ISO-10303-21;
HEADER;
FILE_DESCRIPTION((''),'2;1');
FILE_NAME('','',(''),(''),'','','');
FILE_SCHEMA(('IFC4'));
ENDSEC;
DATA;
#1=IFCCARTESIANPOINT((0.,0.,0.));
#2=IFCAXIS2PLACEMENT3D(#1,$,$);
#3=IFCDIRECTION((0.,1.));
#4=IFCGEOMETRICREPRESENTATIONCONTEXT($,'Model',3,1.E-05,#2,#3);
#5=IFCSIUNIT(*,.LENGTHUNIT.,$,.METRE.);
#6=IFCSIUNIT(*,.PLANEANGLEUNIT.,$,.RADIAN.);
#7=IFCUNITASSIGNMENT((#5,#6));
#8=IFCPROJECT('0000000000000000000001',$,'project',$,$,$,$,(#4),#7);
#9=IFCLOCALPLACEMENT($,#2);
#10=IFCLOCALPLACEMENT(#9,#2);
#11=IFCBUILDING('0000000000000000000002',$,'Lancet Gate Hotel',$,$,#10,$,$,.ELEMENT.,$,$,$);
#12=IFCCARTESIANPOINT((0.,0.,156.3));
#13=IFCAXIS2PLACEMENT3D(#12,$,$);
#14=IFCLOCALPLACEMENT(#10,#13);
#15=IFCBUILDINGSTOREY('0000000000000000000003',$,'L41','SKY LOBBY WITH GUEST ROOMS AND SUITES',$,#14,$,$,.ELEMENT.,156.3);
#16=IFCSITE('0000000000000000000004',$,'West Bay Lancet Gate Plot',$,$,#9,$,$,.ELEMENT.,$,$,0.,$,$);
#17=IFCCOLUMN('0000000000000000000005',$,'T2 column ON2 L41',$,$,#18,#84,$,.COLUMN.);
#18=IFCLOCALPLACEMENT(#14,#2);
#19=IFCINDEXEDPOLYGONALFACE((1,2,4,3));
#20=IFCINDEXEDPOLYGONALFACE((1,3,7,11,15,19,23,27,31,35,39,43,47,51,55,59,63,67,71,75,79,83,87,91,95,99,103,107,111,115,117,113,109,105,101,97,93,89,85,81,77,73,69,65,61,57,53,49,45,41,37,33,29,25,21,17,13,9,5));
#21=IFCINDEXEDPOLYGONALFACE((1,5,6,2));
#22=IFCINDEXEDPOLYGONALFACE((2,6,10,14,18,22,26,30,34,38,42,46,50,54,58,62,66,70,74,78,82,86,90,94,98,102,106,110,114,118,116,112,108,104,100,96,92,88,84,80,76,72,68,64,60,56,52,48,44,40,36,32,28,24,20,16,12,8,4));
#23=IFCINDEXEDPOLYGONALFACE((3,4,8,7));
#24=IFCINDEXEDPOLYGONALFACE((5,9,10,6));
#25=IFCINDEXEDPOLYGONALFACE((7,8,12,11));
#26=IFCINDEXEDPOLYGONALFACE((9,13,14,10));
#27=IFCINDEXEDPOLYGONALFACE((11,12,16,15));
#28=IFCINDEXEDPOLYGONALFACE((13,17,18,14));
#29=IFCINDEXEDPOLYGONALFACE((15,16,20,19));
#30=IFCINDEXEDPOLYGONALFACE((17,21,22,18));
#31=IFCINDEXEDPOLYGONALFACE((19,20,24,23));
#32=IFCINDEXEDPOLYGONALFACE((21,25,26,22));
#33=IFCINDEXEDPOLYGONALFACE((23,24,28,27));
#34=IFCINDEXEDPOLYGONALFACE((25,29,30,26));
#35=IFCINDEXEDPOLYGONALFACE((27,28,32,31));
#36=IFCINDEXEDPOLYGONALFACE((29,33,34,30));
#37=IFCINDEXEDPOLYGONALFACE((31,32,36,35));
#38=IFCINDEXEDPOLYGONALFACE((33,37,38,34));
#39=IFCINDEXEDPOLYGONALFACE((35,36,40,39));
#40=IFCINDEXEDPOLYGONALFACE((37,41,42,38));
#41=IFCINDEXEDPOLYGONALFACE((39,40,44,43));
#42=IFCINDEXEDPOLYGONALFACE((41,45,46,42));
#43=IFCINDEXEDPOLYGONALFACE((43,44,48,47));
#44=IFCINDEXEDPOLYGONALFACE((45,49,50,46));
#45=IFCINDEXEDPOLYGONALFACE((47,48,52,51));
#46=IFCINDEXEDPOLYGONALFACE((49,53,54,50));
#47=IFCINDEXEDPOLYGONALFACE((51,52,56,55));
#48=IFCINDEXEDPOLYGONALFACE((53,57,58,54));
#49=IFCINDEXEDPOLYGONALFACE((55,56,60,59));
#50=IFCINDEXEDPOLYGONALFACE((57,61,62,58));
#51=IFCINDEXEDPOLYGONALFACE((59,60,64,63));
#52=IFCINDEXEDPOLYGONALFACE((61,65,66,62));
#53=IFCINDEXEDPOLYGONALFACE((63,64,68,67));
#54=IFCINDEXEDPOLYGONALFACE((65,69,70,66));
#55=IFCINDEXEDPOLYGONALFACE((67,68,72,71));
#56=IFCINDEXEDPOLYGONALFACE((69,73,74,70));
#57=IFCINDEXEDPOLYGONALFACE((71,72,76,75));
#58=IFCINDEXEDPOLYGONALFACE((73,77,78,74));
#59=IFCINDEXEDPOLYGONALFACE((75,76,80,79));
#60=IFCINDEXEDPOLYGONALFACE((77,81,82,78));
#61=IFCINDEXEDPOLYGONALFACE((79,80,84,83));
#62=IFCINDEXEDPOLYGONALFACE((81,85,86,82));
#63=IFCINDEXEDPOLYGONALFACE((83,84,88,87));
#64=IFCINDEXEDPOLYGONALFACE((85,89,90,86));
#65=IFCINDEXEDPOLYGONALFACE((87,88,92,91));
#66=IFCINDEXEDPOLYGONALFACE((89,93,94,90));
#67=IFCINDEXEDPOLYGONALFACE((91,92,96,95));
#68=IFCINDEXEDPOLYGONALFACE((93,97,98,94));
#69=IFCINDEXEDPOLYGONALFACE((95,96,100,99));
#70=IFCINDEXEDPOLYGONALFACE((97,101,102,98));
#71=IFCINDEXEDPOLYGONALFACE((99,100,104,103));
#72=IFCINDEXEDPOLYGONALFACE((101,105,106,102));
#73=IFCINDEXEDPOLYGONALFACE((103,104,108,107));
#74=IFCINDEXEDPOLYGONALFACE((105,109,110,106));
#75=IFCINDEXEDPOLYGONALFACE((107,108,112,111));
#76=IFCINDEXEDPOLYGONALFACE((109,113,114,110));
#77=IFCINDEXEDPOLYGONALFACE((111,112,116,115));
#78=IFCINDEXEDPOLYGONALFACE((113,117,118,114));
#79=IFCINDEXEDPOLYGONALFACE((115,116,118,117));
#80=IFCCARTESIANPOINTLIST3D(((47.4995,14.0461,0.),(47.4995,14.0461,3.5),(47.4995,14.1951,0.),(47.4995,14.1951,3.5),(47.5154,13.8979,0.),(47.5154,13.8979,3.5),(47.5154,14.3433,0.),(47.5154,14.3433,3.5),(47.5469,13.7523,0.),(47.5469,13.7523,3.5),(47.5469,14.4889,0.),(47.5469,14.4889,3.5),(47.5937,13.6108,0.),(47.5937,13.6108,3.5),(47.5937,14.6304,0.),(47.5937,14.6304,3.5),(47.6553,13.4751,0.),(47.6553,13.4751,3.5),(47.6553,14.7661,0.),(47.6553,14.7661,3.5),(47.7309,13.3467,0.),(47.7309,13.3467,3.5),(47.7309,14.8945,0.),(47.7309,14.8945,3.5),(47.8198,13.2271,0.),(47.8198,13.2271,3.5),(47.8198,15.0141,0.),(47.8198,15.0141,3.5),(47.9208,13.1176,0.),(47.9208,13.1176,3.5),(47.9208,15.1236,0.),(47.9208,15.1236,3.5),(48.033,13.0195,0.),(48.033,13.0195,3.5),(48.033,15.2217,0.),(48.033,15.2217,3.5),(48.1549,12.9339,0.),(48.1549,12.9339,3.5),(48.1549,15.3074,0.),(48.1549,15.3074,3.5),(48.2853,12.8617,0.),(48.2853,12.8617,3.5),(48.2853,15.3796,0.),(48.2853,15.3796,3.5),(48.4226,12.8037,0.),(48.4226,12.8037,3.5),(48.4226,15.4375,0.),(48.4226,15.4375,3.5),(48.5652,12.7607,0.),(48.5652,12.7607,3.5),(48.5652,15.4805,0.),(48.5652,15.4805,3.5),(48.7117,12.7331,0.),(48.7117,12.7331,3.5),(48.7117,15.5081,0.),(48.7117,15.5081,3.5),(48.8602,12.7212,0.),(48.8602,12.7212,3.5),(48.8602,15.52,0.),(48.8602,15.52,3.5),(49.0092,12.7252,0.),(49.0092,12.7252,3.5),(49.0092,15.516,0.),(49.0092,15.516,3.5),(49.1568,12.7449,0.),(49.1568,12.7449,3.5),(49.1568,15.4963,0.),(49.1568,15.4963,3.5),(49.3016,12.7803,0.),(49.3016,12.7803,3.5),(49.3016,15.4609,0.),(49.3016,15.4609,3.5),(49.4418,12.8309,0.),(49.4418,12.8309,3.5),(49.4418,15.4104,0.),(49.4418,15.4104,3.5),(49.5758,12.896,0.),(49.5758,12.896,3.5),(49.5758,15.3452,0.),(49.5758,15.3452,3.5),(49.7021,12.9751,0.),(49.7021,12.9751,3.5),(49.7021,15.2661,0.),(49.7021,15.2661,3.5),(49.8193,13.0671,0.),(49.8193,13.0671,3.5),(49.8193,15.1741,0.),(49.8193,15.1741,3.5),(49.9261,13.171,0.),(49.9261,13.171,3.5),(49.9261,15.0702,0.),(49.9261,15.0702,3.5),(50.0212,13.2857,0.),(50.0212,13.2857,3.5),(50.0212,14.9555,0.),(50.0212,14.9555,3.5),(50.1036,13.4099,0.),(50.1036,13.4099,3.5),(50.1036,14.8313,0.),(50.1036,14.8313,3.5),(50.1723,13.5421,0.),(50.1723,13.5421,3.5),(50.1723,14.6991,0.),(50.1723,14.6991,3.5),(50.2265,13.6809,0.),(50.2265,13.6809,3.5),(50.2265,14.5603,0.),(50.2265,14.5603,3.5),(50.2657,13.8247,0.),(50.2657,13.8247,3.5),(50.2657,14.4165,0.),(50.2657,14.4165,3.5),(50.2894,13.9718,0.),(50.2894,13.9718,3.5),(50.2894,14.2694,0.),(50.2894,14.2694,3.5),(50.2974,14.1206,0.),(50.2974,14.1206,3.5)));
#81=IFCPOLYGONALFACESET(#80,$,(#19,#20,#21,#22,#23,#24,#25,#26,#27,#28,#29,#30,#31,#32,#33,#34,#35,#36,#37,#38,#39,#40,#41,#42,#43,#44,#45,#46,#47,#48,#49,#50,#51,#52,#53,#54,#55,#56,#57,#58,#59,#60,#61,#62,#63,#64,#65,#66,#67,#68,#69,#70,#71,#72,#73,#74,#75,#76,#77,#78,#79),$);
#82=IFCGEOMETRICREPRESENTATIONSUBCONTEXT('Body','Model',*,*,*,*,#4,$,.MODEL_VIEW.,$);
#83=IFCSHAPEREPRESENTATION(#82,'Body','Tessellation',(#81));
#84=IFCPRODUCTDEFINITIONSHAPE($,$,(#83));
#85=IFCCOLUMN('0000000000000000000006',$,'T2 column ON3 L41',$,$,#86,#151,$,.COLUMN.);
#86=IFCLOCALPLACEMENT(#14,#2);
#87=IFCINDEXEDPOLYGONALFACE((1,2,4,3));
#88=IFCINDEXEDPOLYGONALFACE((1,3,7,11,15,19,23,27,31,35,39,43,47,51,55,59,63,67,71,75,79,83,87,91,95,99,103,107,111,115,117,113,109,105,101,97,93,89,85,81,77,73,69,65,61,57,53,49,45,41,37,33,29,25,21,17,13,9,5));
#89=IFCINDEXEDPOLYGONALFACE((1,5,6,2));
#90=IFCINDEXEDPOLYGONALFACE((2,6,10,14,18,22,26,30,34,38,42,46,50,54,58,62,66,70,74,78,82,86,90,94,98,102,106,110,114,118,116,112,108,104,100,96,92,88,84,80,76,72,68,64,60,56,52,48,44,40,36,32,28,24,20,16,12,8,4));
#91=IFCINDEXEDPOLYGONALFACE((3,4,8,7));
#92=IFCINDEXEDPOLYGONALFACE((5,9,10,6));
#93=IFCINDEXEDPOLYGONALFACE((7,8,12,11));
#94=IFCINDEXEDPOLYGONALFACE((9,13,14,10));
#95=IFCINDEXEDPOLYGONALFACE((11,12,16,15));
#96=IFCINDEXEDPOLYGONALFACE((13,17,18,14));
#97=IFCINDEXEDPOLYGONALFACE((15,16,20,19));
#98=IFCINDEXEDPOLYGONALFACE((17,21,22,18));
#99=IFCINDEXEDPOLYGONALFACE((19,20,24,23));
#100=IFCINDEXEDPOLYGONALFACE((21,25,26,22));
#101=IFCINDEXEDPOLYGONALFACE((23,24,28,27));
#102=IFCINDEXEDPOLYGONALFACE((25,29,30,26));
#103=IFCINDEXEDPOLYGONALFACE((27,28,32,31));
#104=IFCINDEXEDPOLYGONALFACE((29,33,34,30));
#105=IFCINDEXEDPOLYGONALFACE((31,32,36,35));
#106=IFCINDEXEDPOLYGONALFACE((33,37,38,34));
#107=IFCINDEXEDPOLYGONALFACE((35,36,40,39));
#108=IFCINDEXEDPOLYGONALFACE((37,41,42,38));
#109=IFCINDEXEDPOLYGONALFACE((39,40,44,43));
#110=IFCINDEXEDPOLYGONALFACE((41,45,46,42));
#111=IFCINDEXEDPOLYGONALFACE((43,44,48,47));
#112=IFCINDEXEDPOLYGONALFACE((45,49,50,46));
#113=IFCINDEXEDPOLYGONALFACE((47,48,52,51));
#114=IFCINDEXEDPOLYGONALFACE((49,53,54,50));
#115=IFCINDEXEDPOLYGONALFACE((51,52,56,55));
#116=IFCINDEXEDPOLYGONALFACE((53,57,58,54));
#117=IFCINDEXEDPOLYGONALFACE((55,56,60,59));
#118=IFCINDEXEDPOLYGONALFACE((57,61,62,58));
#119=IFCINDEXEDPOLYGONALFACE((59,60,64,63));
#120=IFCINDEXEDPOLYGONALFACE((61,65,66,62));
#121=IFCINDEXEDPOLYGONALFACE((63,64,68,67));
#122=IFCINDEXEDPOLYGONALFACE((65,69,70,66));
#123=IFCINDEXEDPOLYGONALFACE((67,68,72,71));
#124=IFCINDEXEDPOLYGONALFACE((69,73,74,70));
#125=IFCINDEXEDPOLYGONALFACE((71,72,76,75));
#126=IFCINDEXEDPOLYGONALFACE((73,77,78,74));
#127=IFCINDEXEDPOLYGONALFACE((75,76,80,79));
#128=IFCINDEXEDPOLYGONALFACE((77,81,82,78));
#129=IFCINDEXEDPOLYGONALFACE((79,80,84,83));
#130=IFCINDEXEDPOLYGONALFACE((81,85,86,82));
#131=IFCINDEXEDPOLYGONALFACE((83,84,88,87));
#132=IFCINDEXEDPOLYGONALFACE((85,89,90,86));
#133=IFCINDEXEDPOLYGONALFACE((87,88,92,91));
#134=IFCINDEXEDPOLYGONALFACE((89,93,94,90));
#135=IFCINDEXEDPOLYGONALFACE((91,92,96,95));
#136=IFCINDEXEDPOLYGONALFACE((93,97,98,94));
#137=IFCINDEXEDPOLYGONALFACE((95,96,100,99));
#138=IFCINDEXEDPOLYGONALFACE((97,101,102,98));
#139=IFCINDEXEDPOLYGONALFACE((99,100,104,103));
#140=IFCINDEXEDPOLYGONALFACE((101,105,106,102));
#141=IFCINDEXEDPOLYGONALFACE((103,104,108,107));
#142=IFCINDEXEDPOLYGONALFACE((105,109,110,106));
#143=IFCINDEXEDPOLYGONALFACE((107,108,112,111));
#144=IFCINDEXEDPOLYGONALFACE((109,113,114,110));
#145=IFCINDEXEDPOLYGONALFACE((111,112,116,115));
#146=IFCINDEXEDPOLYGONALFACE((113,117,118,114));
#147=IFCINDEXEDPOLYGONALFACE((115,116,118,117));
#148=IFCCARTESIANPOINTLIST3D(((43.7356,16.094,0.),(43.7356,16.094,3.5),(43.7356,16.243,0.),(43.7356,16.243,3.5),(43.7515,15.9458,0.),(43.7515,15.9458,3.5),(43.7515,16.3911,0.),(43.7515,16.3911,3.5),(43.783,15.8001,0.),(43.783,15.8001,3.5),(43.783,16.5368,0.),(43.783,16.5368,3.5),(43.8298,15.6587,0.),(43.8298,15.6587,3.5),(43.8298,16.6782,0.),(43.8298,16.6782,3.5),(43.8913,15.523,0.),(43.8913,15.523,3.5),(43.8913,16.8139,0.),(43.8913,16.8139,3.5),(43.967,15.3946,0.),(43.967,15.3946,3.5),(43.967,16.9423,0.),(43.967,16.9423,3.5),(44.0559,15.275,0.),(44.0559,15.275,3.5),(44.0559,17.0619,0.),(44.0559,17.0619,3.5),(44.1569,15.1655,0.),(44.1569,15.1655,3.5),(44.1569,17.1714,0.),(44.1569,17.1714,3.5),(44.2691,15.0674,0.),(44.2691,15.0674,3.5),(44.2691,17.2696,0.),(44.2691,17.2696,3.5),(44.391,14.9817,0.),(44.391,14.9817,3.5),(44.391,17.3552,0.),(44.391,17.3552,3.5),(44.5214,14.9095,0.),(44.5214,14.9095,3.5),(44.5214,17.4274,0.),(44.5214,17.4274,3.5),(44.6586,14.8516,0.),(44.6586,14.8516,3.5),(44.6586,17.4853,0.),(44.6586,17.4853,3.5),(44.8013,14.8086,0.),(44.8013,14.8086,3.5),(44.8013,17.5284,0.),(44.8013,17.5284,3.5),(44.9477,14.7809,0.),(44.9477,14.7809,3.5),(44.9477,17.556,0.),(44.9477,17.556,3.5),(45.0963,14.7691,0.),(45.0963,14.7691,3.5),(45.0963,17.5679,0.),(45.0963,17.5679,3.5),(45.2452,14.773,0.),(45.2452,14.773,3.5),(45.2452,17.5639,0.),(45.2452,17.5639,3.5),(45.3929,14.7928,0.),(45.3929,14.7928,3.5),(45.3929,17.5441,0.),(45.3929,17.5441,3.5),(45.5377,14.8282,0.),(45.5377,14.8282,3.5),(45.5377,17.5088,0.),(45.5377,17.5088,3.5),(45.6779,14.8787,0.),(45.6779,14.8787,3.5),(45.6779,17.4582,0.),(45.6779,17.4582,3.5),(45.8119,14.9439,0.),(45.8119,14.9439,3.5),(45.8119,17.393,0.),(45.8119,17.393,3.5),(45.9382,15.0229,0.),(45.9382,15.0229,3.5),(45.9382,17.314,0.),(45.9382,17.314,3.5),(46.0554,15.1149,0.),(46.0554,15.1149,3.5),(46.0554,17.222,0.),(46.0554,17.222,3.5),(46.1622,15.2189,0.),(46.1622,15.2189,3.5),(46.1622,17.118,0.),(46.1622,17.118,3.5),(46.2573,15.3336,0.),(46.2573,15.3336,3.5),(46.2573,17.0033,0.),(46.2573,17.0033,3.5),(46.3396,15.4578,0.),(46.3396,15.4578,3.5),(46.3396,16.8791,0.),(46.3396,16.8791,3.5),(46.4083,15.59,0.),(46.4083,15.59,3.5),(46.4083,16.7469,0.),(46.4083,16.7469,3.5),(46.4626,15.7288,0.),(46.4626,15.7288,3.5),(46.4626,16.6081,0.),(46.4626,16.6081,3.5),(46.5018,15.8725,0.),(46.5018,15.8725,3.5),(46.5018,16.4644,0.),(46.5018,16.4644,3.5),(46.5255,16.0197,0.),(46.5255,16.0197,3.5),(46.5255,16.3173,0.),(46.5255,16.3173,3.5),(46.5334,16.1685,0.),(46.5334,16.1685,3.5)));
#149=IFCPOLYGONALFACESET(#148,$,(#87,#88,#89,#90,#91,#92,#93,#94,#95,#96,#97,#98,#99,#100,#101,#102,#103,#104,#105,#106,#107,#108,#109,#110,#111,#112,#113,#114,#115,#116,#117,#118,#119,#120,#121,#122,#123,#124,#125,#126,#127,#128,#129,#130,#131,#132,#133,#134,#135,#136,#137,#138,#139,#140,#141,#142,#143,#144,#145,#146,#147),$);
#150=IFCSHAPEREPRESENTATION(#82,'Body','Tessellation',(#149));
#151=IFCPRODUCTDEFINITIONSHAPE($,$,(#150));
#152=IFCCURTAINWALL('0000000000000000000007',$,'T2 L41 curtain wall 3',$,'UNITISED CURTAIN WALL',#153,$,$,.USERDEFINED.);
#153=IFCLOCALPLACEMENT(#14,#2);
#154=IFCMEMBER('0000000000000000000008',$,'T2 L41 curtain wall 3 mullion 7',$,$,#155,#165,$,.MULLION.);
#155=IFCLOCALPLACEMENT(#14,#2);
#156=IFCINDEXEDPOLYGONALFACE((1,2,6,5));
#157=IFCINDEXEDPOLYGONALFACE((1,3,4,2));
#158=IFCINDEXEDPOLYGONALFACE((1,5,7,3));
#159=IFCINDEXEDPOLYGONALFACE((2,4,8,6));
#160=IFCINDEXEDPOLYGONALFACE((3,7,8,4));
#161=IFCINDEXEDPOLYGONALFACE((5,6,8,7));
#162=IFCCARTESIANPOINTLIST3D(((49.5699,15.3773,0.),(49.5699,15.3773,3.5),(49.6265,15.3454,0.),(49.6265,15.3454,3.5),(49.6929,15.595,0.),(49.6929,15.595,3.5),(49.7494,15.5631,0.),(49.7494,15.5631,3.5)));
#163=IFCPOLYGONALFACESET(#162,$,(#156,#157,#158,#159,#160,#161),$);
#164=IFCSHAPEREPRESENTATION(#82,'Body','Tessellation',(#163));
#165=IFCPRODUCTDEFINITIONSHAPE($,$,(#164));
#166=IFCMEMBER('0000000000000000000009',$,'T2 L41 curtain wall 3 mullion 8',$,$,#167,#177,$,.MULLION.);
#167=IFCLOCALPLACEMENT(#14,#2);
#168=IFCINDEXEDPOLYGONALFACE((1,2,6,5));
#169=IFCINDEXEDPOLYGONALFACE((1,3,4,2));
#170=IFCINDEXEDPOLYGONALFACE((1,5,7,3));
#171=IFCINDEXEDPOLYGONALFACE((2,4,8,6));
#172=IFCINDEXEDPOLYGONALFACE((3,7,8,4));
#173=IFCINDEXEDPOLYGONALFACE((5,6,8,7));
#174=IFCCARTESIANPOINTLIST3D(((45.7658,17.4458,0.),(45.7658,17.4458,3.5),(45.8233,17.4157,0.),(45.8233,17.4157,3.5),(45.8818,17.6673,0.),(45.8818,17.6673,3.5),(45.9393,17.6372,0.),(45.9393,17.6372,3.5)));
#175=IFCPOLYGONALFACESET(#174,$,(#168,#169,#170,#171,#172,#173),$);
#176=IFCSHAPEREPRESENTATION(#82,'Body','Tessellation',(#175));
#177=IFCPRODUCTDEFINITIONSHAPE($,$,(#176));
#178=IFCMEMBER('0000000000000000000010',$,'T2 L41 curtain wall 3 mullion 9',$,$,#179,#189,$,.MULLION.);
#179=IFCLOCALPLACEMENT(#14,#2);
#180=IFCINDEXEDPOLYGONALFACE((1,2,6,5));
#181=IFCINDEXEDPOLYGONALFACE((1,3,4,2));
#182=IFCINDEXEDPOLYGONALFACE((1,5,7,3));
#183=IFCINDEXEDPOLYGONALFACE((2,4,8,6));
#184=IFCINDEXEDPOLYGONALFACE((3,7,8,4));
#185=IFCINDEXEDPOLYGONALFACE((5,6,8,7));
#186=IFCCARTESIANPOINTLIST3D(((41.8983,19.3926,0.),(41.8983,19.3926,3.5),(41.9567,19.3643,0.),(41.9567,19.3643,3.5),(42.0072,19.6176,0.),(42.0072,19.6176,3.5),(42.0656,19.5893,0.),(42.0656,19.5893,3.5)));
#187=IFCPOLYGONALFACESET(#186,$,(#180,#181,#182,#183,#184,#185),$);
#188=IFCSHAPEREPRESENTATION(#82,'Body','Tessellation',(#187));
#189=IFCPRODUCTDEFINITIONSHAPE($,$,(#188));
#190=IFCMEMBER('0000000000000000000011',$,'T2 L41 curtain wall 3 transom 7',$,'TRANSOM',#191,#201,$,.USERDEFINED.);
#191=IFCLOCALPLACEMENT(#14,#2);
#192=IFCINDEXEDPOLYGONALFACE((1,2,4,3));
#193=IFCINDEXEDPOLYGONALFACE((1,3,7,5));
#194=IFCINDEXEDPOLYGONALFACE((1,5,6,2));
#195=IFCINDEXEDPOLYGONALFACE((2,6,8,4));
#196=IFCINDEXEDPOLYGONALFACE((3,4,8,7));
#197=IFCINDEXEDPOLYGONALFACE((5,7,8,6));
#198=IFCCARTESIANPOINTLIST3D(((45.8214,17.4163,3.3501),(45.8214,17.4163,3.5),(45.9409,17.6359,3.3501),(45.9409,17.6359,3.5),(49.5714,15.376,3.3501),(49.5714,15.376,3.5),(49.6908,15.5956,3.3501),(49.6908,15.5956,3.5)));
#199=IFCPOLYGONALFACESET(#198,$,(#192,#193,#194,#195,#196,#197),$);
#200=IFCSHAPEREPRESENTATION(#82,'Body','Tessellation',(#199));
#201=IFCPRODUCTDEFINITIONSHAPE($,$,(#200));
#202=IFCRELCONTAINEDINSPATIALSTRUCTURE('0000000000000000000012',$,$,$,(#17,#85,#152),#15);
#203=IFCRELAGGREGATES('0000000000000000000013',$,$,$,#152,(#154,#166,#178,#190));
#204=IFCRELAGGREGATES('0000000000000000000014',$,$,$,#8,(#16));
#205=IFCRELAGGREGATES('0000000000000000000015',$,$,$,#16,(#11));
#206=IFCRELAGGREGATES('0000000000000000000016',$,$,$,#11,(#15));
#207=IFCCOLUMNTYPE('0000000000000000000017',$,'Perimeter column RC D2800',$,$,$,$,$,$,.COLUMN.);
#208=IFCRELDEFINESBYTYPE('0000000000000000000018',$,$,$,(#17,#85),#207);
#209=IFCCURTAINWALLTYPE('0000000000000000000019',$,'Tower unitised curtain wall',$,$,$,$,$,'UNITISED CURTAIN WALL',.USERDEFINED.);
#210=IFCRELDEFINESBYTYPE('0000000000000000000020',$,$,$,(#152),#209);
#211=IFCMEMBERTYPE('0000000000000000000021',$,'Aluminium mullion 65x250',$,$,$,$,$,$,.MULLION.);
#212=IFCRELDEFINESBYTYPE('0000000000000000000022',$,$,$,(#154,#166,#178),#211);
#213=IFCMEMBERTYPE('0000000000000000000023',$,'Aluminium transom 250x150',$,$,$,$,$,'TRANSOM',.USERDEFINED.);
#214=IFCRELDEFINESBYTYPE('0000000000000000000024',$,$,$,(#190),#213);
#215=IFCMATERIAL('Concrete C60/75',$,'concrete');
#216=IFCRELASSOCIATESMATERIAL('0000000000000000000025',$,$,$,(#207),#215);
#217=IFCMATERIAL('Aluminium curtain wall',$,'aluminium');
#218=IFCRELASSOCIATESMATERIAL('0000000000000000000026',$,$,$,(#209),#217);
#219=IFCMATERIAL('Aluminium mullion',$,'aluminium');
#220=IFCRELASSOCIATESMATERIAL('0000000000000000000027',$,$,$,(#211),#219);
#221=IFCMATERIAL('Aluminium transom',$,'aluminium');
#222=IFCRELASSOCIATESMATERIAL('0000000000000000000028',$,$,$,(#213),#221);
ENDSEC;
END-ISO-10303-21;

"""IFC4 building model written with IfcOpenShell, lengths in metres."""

from ifc_helpers import new_model, si_unit, direction, frame, origin, origin_2d, place, context, subcontext, project, spatial, rectangle, circle, extrude, material, material_profile, profile_set, type_object, element, aggregate, save


model = new_model("IFC4")

# Units and contexts
model_context = context("Model", 3, precision=1e-05, world=origin(), true_north=direction((0.0, 1.0)))
body_context = subcontext(model_context, "Body", "Model", "MODEL_VIEW")
ifc_project = project(units=[si_unit("LENGTHUNIT", "METRE"), si_unit("PLANEANGLEUNIT", "RADIAN")], contexts=[model_context])

# Site, building, storey
site_placement = place(None, origin())
site = spatial("IfcSite", under=ifc_project, at=site_placement, Name="West Bay Lancet Gate Plot", CompositionType="ELEMENT", RefElevation=0.0)
building_placement = place(site_placement, origin())
building = spatial("IfcBuilding", under=site, at=building_placement, Name="Lancet Gate Hotel", CompositionType="ELEMENT")
storey_placement = place(building_placement, frame((0.0, 0.0, 156.3)))
storey = spatial("IfcBuildingStorey", under=building, at=storey_placement, Name="L41", Description="SKY LOBBY WITH GUEST ROOMS AND SUITES", CompositionType="ELEMENT", Elevation=156.3)

# Columns
ifc_material_1 = material(Name="Concrete C60/75", Category="concrete")
ifc_material_profile_1 = material_profile(ifc_material_1, circle(Radius=1.3999, at=origin_2d()), Name="RC D2800")
ifc_profile_set_1 = profile_set([ifc_material_profile_1], Name="Concrete C60/75")
column_type = type_object("IfcColumnType", Name="Perimeter column RC D2800", PredefinedType="COLUMN", material=ifc_profile_set_1)
for number, where, z_axis, x_axis, name in (
    (1, (48.8975, 14.1206, 0.0), (0.0, 0.0, 1.0), (1.0, 0.0, 0.0), "T2 column ON2 L41"),
    (2, (45.1335, 16.1685, 0.0), (0.0, 0.0, 1.0), (1.0, 0.0, 0.0), "T2 column ON3 L41"),
):
    element("IfcColumn", number, at=place(storey_placement, frame(where, z_axis=z_axis, x_axis=x_axis)), inside=storey, type_object=column_type, Name=name, PredefinedType="COLUMN", context=body_context, shape_type="SweptSolid", body=[
        extrude(circle(Radius=1.3999, at=origin_2d()), origin(), (0.0, 0.0, 1.0), 3.5),
    ])

# Curtain wall, members
ifc_material_2 = material(Name="Aluminium curtain wall", Category="aluminium")
curtain_wall_type = type_object("IfcCurtainWallType", Name="Tower unitised curtain wall", ElementType="UNITISED CURTAIN WALL", PredefinedType="USERDEFINED", material=ifc_material_2)
curtain_wall_placement = place(storey_placement, origin())
curtain_wall = element("IfcCurtainWall", 3, at=curtain_wall_placement, inside=storey, type_object=curtain_wall_type, Name="T2 L41 curtain wall 3", ObjectType="UNITISED CURTAIN WALL", PredefinedType="USERDEFINED")
ifc_material_3 = material(Name="Aluminium mullion", Category="aluminium")
ifc_material_profile_2 = material_profile(ifc_material_3, rectangle(XDim=0.0649, YDim=0.25, at=origin_2d()), Name="MULLION 65x250")
ifc_profile_set_2 = profile_set([ifc_material_profile_2], Name="Aluminium mullion")
member_type_1 = type_object("IfcMemberType", Name="Aluminium mullion 65x250", PredefinedType="MULLION", material=ifc_profile_set_2)
member_1_placement = place(storey_placement, frame((49.6597, 15.4702, 0.0), z_axis=(0.0, 0.0, 1.0), x_axis=(-0.870722, 0.491776, 0.0)))
member_1 = element("IfcMember", 4, at=member_1_placement, type_object=member_type_1, Name="T2 L41 curtain wall 3 mullion 7", PredefinedType="MULLION", context=body_context, shape_type="SweptSolid", body=[
    extrude(rectangle(XDim=0.0649, YDim=0.25, at=origin_2d()), origin(), (0.0, 0.0, 1.0), 3.5),
])
member_2_placement = place(storey_placement, frame((45.8525, 17.5415, 0.0), z_axis=(0.0, 0.0, 1.0), x_axis=(-0.885877, 0.46392, 0.0)))
member_2 = element("IfcMember", 5, at=member_2_placement, type_object=member_type_1, Name="T2 L41 curtain wall 3 mullion 8", PredefinedType="MULLION", context=body_context, shape_type="SweptSolid", body=[
    extrude(rectangle(XDim=0.0649, YDim=0.25, at=origin_2d()), origin(), (0.0, 0.0, 1.0), 3.5),
])
member_3_placement = place(storey_placement, frame((41.9819, 19.491, 0.0), z_axis=(0.0, 0.0, 1.0), x_axis=(-0.900141, 0.435598, 0.0)))
member_3 = element("IfcMember", 6, at=member_3_placement, type_object=member_type_1, Name="T2 L41 curtain wall 3 mullion 9", PredefinedType="MULLION", context=body_context, shape_type="SweptSolid", body=[
    extrude(rectangle(XDim=0.0649, YDim=0.25, at=origin_2d()), origin(), (0.0, 0.0, 1.0), 3.5),
])
ifc_material_4 = material(Name="Aluminium transom", Category="aluminium")
ifc_material_profile_3 = material_profile(ifc_material_4, rectangle(XDim=0.25, YDim=0.1499, at=origin_2d()), Name="TRANSOM 250x150")
ifc_profile_set_3 = profile_set([ifc_material_profile_3], Name="Aluminium transom")
member_type_2 = type_object("IfcMemberType", Name="Aluminium transom 250x150", ElementType="TRANSOM", PredefinedType="USERDEFINED", material=ifc_profile_set_3)
member_4_placement = place(storey_placement, frame((49.6311, 15.4858, 3.425), z_axis=(-0.878404, 0.477918, 0.0), x_axis=(-0.477918, -0.878404, 0.0)))
member_4 = element("IfcMember", 7, at=member_4_placement, type_object=member_type_2, Name="T2 L41 curtain wall 3 transom 7", ObjectType="TRANSOM", PredefinedType="USERDEFINED", context=body_context, shape_type="SweptSolid", body=[
    extrude(rectangle(XDim=0.25, YDim=0.1499, at=origin_2d()), origin(), (0.0, 0.0, 1.0), 4.269),
])

aggregate(curtain_wall, [member_1, member_2, member_3, member_4])

save(model, "model.ifc")
